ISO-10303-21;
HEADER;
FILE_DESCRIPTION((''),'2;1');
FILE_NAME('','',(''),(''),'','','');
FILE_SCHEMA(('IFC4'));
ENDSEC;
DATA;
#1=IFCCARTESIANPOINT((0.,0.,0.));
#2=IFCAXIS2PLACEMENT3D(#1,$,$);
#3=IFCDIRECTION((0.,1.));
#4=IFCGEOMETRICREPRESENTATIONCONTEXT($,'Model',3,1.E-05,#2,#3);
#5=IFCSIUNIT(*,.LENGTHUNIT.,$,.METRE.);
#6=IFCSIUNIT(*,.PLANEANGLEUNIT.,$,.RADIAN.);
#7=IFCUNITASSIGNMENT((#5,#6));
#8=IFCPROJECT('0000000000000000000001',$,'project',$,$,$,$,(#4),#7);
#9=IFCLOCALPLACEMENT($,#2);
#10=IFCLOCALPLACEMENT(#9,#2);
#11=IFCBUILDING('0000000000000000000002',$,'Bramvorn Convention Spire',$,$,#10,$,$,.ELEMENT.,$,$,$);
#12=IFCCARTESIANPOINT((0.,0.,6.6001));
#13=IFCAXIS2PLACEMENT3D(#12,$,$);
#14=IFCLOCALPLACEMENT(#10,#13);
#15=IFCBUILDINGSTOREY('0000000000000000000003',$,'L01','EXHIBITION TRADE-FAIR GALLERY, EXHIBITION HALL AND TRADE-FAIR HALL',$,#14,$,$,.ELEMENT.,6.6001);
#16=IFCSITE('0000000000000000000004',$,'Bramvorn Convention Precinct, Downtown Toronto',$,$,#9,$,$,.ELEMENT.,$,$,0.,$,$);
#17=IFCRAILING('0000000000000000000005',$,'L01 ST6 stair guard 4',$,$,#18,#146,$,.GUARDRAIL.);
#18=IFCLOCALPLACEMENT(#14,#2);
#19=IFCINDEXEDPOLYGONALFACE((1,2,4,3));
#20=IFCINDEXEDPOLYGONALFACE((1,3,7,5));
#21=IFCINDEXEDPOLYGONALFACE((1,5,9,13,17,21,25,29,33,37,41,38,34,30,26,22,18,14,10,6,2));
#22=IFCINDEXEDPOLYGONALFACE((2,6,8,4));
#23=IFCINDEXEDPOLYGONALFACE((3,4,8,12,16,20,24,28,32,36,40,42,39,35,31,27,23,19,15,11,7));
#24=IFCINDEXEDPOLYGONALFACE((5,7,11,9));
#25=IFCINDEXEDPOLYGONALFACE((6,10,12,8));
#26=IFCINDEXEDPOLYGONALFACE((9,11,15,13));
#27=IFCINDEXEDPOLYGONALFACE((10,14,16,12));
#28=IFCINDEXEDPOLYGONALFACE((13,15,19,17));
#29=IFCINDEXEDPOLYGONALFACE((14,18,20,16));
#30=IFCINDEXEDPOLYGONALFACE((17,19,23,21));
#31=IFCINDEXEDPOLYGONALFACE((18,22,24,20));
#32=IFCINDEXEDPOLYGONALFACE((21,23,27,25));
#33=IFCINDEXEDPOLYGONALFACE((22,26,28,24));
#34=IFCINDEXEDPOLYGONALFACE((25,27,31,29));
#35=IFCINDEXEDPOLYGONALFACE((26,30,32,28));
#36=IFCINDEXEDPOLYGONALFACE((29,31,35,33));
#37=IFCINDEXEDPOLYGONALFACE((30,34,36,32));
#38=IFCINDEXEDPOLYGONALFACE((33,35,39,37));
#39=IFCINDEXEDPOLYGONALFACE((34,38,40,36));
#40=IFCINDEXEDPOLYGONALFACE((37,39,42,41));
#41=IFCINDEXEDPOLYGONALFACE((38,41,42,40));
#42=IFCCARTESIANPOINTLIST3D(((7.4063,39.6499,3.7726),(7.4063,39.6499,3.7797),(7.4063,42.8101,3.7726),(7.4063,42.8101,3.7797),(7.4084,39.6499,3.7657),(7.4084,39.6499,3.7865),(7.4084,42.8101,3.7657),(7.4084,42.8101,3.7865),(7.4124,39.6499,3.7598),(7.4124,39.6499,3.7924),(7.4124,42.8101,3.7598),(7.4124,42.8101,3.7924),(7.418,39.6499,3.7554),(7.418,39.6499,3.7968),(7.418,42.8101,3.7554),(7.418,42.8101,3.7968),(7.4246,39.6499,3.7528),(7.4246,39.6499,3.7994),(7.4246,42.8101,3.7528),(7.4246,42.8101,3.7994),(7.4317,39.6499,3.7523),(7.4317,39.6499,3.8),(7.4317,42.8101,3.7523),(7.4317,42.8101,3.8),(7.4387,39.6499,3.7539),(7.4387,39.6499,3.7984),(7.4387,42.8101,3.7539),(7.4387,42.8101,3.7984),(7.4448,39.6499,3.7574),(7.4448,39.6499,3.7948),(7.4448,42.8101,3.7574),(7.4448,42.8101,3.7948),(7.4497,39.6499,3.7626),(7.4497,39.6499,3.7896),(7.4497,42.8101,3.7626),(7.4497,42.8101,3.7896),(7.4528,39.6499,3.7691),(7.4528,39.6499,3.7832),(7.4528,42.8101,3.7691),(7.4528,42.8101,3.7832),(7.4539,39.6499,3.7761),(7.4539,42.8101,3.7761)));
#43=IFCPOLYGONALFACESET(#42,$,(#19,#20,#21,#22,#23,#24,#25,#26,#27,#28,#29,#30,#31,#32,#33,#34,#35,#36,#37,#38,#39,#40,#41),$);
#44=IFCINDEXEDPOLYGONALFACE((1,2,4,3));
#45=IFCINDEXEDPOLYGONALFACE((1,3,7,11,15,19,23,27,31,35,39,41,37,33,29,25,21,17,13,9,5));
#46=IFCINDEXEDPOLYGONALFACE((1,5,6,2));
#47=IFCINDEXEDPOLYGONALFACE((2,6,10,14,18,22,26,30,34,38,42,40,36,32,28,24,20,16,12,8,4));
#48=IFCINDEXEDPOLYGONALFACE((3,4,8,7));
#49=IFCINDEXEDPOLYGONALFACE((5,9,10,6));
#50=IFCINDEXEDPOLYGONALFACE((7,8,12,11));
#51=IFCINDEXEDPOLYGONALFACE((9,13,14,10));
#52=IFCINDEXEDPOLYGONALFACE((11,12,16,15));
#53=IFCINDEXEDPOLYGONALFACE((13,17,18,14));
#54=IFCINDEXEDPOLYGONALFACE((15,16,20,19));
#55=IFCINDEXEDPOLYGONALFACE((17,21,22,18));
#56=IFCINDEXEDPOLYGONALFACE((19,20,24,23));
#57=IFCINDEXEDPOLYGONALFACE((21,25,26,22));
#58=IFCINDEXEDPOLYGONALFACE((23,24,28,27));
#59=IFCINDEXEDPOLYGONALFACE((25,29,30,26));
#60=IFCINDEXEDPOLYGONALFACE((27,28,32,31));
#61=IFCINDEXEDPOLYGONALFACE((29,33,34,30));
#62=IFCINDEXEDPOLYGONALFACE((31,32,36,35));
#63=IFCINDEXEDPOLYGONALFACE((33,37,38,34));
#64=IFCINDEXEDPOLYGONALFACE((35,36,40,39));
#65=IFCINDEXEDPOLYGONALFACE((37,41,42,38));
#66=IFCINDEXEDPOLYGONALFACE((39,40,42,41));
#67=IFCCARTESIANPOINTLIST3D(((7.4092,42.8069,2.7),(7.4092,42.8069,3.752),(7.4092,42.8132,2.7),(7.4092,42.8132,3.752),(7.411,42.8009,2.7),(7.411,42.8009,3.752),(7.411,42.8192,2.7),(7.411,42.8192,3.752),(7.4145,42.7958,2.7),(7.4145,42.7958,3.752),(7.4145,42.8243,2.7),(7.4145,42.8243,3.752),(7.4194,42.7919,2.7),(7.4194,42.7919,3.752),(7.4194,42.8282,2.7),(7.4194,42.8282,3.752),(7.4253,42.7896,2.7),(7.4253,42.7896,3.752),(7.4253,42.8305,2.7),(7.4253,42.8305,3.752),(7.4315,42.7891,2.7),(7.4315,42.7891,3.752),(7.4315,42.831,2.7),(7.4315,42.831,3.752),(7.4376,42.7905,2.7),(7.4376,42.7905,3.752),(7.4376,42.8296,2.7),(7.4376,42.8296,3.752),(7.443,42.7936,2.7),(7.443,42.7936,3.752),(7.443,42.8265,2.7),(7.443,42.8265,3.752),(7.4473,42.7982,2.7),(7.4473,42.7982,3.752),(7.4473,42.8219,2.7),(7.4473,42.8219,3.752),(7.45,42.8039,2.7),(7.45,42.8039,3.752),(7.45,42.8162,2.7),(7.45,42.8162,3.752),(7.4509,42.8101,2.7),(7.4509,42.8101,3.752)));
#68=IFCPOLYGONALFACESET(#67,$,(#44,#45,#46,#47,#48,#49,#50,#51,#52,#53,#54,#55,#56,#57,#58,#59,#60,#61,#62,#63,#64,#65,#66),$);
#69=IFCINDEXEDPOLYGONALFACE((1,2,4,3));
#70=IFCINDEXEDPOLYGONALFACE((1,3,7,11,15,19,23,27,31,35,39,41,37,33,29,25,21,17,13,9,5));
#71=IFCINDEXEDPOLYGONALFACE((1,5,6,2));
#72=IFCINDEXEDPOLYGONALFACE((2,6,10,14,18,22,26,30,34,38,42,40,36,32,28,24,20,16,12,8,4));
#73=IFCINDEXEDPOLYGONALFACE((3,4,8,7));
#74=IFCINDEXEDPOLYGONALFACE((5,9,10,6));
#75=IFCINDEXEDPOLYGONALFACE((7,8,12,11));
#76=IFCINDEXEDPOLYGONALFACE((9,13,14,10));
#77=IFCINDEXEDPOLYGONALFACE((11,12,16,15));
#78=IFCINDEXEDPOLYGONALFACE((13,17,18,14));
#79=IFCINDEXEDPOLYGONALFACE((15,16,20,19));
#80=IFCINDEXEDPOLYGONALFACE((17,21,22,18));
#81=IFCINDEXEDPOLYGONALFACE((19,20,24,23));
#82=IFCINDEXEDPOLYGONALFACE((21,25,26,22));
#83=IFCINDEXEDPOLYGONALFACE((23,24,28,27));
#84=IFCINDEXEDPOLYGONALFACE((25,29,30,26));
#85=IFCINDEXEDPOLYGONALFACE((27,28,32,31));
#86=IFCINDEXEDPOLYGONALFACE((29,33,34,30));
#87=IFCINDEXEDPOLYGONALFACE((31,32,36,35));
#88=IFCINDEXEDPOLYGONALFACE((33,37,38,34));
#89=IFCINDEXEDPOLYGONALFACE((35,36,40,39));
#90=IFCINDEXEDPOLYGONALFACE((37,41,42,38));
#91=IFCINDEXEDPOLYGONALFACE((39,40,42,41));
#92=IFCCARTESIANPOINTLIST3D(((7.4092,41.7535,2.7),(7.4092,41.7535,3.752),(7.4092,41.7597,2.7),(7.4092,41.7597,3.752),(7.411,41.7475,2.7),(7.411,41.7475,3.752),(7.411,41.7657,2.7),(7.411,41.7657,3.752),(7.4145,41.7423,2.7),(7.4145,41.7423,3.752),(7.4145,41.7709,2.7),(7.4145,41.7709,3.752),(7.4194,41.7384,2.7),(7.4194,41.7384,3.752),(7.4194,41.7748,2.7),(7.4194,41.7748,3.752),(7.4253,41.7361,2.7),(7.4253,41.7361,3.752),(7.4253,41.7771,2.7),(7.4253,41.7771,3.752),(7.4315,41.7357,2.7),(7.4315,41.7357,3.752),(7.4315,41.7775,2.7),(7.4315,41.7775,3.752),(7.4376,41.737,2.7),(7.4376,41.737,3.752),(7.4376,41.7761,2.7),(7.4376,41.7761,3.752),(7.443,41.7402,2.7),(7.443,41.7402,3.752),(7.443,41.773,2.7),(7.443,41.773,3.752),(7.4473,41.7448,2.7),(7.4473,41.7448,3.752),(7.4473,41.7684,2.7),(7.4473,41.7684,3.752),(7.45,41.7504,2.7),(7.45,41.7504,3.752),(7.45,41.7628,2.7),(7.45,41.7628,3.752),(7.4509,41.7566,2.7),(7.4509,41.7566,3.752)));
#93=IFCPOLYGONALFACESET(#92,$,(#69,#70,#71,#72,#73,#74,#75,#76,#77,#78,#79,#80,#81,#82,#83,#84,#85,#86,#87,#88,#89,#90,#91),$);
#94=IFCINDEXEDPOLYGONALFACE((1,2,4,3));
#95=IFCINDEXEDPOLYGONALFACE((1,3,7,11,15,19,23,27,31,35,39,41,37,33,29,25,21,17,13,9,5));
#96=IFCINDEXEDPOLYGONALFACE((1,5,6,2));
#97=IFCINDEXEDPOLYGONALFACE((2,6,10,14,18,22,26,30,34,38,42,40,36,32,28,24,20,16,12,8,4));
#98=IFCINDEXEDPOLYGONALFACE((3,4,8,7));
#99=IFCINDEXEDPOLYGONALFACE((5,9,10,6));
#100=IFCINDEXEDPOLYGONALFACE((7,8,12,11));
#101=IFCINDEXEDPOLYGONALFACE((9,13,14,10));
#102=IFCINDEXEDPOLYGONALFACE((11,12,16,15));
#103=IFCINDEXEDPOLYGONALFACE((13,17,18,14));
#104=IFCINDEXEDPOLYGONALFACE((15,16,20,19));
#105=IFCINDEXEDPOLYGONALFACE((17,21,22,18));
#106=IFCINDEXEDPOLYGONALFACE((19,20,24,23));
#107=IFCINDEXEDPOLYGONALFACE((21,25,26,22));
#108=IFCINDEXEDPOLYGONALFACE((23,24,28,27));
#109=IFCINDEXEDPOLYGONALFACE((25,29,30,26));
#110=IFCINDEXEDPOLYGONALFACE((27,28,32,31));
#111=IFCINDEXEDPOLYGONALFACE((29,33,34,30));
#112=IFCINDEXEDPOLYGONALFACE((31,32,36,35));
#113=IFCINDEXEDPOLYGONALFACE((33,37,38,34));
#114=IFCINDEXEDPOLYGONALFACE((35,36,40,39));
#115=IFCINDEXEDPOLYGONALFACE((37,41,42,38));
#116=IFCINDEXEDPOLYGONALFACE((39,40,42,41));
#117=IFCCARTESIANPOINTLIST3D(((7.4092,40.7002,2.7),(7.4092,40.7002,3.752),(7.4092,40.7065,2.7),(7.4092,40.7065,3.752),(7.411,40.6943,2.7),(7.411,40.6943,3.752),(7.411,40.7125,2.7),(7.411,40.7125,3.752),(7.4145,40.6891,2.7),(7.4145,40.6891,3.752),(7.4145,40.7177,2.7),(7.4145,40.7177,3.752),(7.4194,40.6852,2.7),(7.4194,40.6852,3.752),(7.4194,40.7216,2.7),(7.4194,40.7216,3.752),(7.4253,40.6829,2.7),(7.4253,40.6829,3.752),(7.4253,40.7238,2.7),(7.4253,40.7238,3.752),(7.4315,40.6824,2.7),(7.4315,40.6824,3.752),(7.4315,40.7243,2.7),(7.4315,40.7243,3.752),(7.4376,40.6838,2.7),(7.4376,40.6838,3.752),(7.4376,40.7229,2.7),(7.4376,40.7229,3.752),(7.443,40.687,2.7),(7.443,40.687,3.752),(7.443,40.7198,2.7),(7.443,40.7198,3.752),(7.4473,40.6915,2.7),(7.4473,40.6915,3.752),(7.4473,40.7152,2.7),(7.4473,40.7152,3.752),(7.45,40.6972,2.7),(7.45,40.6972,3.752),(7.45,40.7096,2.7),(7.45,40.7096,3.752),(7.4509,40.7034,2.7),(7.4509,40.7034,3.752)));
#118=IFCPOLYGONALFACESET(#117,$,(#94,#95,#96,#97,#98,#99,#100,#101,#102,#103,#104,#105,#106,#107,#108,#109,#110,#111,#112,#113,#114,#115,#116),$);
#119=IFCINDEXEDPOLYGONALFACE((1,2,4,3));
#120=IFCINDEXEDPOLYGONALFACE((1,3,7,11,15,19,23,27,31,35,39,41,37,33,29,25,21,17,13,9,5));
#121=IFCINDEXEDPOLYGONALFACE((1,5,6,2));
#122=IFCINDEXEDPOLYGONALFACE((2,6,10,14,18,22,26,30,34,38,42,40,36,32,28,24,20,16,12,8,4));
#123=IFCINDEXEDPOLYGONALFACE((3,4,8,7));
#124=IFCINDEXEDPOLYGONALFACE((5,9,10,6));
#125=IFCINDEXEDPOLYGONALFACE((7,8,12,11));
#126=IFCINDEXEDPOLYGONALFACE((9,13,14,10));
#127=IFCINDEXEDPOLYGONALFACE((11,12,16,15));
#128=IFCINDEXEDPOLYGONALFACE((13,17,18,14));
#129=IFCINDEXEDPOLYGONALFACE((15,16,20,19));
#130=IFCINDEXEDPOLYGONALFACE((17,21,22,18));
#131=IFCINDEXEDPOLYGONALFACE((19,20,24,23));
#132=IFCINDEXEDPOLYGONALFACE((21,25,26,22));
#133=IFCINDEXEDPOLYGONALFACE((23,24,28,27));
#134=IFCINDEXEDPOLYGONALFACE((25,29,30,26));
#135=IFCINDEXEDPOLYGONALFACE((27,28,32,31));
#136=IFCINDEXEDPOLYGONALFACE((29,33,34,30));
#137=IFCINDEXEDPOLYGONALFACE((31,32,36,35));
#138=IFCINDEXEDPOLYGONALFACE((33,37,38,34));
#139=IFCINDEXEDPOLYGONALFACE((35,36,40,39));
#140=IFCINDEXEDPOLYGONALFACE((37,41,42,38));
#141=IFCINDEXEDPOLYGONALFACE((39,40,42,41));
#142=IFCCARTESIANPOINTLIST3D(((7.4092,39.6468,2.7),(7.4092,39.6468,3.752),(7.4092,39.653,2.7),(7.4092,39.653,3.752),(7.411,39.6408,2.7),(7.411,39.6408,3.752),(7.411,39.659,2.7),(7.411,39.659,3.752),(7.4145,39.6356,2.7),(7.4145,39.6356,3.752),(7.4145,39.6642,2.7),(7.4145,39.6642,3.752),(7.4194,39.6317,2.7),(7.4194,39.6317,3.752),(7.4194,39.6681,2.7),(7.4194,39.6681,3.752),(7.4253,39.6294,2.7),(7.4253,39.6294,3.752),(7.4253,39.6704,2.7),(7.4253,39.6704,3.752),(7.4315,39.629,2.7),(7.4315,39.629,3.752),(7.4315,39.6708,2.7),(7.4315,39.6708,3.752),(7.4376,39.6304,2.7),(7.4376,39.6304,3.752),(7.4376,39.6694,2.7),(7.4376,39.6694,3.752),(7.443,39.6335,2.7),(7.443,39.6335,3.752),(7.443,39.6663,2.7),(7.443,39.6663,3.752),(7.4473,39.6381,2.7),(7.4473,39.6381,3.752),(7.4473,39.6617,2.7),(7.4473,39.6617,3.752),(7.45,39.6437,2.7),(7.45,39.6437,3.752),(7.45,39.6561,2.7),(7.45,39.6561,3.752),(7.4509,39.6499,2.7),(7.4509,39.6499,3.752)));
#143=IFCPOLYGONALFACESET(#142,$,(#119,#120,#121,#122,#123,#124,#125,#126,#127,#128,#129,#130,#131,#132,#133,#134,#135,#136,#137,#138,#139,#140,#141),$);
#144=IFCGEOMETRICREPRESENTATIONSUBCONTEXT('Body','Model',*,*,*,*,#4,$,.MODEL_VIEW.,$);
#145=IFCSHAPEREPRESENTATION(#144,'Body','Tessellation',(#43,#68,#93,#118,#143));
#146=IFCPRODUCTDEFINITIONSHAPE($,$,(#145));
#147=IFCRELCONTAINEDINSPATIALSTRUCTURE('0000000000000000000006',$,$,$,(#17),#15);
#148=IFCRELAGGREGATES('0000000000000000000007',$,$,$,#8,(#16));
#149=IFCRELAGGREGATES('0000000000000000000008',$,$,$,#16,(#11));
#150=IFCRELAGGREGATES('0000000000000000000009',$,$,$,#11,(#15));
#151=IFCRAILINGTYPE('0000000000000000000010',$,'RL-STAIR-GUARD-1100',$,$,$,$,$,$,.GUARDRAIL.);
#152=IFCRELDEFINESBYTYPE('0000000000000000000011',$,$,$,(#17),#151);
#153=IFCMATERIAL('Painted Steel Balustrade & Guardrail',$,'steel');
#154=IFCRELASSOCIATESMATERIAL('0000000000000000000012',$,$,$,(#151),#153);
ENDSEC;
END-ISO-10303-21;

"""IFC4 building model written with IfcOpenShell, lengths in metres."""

from ifc_helpers import new_model, si_unit, direction, frame, origin, origin_2d, place, context, subcontext, project, spatial, circle, extrude, material, type_object, element, save


model = new_model("IFC4")

# Units and contexts
model_context = context("Model", 3, precision=1e-05, world=origin(), true_north=direction((0.0, 1.0)))
body_context = subcontext(model_context, "Body", "Model", "MODEL_VIEW")
ifc_project = project(units=[si_unit("LENGTHUNIT", "METRE"), si_unit("PLANEANGLEUNIT", "RADIAN")], contexts=[model_context])

# Site, building, storey
site_placement = place(None, origin())
site = spatial("IfcSite", under=ifc_project, at=site_placement, Name="Bramvorn Convention Precinct, Downtown Toronto", CompositionType="ELEMENT", RefElevation=0.0)
building_placement = place(site_placement, origin())
building = spatial("IfcBuilding", under=site, at=building_placement, Name="Bramvorn Convention Spire", CompositionType="ELEMENT")
storey_placement = place(building_placement, frame((0.0, 0.0, 6.6001)))
storey = spatial("IfcBuildingStorey", under=building, at=storey_placement, Name="L01", Description="EXHIBITION TRADE-FAIR GALLERY, EXHIBITION HALL AND TRADE-FAIR HALL", CompositionType="ELEMENT", Elevation=6.6001)

# Railing
ifc_material_1 = material(Name="Painted Steel Balustrade & Guardrail", Category="steel")
railing_type_1 = type_object("IfcRailingType", Name="RL-STAIR-GUARD-1100", PredefinedType="GUARDRAIL", material=ifc_material_1)
railing_1_placement = place(storey_placement, frame((7.4299, 42.8101, 2.7)))
element("IfcRailing", 1, at=railing_1_placement, inside=storey, type_object=railing_type_1, Name="L01 ST6 stair guard 4", PredefinedType="GUARDRAIL", context=body_context, shape_type="SweptSolid", body=[
    extrude(circle(Radius=0.0239, at=origin_2d()), frame((0.0, 0.0, 1.0762), z_axis=(0.0, -1.0, 0.0), x_axis=(1.0, 0.0, 0.0)), (0.0, 0.0, 1.0), 3.1602),
    extrude(circle(Radius=0.021, at=origin_2d()), origin(), (0.0, 0.0, 1.0), 1.052),
    extrude(circle(Radius=0.021, at=origin_2d()), frame((0.0, -1.0535, 0.0)), (0.0, 0.0, 1.0), 1.052),
    extrude(circle(Radius=0.021, at=origin_2d()), frame((0.0, -2.1067, 0.0)), (0.0, 0.0, 1.0), 1.052),
    extrude(circle(Radius=0.021, at=origin_2d()), frame((0.0, -3.1602, 0.0)), (0.0, 0.0, 1.0), 1.052),
])

save(model, "model.ifc")
